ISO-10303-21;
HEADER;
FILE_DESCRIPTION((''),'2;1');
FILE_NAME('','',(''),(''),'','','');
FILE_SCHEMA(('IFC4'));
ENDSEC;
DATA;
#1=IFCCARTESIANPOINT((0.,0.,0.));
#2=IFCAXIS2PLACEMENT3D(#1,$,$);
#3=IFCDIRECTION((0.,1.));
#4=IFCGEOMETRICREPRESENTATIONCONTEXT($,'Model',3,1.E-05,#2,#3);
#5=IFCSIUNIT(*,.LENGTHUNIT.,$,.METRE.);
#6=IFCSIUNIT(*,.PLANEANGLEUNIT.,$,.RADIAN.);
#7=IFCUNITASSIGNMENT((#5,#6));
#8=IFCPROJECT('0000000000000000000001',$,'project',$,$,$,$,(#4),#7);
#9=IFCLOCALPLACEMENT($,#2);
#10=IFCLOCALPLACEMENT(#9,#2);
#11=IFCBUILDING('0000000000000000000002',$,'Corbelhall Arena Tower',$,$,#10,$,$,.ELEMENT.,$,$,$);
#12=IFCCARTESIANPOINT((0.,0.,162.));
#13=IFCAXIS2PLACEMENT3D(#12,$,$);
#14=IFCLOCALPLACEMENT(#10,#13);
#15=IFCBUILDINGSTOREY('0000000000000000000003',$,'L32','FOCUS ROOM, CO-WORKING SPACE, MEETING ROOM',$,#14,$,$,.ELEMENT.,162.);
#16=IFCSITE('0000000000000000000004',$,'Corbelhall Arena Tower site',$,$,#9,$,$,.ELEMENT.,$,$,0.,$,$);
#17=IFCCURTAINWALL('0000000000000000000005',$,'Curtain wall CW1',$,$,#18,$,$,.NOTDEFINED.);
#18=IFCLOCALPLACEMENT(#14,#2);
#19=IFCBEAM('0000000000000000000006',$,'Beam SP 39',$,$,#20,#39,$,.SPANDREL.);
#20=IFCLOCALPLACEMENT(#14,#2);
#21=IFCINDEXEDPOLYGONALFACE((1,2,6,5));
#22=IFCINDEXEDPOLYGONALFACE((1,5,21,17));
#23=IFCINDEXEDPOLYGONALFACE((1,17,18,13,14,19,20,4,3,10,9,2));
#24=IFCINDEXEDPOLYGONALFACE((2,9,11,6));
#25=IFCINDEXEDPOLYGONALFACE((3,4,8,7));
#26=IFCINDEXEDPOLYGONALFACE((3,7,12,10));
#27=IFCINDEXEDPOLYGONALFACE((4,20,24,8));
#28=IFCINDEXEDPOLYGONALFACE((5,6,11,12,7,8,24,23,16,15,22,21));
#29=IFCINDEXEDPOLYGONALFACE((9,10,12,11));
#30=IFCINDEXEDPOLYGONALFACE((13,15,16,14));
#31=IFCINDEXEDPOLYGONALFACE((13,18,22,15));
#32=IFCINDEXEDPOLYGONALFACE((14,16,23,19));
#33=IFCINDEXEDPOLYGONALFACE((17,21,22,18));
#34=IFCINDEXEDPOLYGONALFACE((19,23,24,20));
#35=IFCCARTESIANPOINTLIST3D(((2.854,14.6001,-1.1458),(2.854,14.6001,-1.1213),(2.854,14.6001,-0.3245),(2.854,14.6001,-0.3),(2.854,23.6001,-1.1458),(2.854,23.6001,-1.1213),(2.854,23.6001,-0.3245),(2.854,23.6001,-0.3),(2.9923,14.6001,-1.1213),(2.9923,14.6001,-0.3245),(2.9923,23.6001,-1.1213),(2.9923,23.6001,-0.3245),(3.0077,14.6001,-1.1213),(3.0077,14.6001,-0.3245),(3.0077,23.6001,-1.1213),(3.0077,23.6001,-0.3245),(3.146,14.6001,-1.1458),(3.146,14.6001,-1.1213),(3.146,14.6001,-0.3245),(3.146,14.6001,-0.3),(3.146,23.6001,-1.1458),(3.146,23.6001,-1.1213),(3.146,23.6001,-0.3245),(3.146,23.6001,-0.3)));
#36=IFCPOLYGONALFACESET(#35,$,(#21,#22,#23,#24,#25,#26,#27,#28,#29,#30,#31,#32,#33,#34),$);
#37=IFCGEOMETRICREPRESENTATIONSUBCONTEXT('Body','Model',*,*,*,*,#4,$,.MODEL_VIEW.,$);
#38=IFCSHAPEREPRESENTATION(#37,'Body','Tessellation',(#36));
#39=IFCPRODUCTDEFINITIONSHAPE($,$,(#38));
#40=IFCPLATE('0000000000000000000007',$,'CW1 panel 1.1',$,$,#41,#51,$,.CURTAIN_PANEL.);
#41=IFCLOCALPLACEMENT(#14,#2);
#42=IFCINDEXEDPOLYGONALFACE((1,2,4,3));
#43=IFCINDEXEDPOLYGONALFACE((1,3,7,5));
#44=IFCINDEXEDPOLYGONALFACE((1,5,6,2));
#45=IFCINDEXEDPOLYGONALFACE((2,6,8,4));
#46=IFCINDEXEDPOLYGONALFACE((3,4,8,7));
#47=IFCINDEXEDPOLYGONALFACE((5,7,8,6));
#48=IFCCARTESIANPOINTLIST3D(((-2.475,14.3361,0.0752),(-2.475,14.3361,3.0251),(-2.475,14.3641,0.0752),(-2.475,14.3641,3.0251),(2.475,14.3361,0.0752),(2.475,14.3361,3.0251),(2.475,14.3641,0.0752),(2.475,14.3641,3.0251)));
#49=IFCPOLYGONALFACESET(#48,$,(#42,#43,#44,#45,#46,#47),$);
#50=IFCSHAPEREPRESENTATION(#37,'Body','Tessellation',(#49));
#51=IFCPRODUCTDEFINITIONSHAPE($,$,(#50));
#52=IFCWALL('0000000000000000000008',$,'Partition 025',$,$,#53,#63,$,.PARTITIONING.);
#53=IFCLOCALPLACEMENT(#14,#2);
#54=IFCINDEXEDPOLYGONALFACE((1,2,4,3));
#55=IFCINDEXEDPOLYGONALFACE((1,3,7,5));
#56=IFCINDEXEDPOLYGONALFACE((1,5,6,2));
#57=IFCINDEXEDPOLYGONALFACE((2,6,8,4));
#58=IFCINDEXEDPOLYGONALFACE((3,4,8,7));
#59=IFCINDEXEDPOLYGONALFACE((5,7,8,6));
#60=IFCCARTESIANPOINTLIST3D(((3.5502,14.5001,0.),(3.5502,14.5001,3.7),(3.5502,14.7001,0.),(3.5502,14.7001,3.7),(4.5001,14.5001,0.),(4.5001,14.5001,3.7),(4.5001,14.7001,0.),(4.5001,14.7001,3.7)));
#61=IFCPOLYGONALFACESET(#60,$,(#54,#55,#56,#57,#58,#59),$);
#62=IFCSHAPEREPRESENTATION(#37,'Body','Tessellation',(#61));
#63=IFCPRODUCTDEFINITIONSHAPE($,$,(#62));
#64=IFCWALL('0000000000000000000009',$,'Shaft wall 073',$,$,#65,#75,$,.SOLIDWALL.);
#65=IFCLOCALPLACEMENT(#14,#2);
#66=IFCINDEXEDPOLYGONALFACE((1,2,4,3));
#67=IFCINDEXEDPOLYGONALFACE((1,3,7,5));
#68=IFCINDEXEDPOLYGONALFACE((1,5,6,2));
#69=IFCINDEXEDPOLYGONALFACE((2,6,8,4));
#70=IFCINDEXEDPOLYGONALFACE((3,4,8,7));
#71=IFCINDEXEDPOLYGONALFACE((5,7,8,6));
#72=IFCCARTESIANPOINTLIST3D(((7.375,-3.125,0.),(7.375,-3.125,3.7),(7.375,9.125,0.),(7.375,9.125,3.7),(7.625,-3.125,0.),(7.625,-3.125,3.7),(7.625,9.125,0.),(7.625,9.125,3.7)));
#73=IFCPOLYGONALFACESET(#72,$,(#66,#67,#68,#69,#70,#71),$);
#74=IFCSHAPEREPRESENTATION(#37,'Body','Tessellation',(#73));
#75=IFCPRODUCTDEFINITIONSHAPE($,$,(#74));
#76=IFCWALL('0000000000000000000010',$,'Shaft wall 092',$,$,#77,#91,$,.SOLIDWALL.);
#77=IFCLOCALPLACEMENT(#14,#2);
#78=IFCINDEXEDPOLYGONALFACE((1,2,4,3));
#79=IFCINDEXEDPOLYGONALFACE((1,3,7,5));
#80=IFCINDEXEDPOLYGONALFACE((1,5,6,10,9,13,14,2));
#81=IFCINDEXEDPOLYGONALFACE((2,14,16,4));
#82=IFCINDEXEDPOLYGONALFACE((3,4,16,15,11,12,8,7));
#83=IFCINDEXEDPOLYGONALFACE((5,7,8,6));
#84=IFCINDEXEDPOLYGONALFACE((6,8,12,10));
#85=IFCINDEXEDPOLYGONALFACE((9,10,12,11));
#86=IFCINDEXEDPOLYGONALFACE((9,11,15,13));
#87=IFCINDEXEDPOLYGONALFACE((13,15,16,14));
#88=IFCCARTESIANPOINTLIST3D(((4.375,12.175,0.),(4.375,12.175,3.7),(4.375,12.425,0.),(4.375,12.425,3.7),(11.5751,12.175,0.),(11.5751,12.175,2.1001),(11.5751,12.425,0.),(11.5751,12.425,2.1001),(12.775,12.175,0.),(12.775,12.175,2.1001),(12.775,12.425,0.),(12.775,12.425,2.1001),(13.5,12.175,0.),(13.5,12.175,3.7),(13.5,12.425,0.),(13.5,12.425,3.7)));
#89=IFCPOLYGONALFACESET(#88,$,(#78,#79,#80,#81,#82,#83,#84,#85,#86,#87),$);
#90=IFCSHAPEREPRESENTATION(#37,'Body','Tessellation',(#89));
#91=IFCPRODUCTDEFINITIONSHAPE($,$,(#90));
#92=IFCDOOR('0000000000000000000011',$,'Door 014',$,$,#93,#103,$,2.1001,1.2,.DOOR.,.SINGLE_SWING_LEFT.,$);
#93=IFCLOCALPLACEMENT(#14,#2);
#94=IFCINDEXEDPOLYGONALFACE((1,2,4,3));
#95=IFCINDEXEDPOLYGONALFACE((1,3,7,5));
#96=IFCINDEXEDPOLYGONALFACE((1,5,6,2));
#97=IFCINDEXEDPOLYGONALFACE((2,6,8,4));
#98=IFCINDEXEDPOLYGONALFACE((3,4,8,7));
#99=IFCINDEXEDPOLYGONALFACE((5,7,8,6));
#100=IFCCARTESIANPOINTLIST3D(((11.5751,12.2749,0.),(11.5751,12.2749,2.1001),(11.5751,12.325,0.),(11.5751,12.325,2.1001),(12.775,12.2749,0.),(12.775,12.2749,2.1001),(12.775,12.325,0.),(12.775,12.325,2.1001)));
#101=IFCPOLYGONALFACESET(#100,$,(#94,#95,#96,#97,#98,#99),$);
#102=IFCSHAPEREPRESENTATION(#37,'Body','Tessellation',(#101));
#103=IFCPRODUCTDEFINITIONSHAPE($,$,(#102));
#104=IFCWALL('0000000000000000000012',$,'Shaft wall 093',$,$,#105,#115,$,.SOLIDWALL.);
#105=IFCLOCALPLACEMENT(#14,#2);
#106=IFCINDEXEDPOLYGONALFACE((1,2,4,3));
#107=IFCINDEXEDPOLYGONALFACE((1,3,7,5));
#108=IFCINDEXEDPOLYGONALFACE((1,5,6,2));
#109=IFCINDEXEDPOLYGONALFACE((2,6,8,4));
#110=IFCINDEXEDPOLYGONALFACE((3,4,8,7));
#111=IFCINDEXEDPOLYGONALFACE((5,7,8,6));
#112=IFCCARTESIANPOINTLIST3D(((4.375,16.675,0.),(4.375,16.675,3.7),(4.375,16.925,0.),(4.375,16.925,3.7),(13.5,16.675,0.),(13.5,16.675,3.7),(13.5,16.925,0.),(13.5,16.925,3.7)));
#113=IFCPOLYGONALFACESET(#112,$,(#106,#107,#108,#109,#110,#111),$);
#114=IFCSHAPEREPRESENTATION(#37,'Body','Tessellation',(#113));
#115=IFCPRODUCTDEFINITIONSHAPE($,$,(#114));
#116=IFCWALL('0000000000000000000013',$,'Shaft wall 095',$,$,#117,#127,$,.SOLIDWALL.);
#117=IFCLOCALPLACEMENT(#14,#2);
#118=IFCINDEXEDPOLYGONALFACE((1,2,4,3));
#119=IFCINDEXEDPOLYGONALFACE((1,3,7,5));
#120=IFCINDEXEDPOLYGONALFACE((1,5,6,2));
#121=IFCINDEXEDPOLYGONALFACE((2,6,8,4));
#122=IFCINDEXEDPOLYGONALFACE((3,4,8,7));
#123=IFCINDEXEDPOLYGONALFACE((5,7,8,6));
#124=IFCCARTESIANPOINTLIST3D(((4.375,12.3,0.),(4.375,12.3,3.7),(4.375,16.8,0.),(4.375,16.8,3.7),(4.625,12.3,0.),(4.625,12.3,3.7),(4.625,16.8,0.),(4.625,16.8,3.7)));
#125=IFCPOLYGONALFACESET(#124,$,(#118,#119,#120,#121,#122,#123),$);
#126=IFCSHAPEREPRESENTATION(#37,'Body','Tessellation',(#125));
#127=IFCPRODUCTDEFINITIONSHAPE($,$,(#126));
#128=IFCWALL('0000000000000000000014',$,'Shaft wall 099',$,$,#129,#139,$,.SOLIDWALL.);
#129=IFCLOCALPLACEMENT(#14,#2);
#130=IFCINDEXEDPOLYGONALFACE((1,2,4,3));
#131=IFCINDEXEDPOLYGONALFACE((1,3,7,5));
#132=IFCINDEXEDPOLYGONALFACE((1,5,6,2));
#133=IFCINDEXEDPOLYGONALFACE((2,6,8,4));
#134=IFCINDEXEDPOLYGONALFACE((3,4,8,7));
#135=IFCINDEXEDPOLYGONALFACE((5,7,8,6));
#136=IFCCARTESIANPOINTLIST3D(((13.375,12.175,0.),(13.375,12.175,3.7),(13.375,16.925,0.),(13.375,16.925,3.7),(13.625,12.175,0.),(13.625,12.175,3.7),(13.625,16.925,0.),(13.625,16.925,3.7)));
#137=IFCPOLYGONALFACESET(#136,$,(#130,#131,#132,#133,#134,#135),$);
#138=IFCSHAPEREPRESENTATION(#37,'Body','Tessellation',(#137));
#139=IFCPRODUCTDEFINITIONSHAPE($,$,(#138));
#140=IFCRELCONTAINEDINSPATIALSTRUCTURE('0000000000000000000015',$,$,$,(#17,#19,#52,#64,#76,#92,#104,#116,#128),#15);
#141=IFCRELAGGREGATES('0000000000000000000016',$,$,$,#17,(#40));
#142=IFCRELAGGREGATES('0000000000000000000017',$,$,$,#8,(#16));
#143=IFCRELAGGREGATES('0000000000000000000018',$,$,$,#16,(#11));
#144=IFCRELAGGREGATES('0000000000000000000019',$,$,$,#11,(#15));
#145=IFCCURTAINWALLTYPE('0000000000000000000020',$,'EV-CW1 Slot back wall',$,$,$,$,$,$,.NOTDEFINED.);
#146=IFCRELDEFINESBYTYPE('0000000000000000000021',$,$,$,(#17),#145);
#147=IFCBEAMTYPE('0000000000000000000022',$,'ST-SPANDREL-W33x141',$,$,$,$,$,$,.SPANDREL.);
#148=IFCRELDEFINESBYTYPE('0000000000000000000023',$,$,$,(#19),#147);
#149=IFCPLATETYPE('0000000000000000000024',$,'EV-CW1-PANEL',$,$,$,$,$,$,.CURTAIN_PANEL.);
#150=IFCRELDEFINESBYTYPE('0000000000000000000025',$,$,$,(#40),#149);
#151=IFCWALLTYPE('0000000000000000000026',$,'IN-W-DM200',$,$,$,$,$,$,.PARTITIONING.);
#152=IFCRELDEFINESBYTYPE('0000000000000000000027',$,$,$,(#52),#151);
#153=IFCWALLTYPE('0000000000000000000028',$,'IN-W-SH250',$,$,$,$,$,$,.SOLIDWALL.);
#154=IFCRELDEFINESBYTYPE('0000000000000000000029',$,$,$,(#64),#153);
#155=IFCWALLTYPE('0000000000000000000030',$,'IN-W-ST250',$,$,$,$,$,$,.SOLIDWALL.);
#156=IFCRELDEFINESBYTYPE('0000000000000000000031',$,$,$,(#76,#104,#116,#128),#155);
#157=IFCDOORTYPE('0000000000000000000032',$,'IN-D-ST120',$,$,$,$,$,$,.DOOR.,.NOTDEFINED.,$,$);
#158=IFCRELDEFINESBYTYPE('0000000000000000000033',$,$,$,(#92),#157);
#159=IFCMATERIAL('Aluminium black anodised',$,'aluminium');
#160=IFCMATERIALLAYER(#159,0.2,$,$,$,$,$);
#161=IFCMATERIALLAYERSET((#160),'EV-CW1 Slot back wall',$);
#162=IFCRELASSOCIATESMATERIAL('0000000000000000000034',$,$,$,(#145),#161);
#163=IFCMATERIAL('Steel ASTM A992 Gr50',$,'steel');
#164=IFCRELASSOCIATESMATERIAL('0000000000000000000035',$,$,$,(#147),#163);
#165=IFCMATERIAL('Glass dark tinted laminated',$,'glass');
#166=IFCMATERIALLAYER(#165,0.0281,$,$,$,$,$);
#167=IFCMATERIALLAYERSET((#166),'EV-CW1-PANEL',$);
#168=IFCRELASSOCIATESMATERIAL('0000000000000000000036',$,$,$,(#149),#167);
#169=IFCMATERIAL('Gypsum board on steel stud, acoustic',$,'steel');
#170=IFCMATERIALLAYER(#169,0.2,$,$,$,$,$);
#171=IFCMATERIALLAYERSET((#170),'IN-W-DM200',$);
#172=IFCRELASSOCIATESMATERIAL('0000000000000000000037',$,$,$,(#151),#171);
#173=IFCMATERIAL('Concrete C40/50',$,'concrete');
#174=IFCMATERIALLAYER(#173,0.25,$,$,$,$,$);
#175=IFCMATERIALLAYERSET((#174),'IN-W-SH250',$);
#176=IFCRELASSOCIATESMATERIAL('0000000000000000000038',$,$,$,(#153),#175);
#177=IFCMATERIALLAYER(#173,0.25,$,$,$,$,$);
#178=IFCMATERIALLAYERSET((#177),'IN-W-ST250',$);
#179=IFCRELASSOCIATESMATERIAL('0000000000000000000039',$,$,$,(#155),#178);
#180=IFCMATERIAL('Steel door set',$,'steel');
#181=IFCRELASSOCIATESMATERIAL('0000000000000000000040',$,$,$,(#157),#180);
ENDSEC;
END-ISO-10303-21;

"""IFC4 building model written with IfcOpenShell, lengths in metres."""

from ifc_helpers import new_model, si_unit, direction, frame, frame_2d, origin, origin_2d, place, context, subcontext, project, spatial, rectangle, i_section, extrude, material, layer, layer_set, material_profile, profile_set, type_object, element, fill, aggregate, save


model = new_model("IFC4")

# Units and contexts
model_context = context("Model", 3, precision=1e-05, world=origin(), true_north=direction((0.0, 1.0)))
body_context = subcontext(model_context, "Body", "Model", "MODEL_VIEW")
ifc_project = project(units=[si_unit("LENGTHUNIT", "METRE"), si_unit("PLANEANGLEUNIT", "RADIAN")], contexts=[model_context])

# Site, building, storey
site_placement = place(None, origin())
site = spatial("IfcSite", under=ifc_project, at=site_placement, Name="Corbelhall Arena Tower site", CompositionType="ELEMENT", RefElevation=0.0)
building_placement = place(site_placement, origin())
building = spatial("IfcBuilding", under=site, at=building_placement, Name="Corbelhall Arena Tower", CompositionType="ELEMENT")
storey_placement = place(building_placement, frame((0.0, 0.0, 162.0)))
storey = spatial("IfcBuildingStorey", under=building, at=storey_placement, Name="L32", Description="FOCUS ROOM, CO-WORKING SPACE, MEETING ROOM", CompositionType="ELEMENT", Elevation=162.0)

# Curtain wall
ifc_material_1 = material(Name="Aluminium black anodised", Category="aluminium")
ifc_layer_1 = layer(ifc_material_1, 0.2)
ifc_layer_set_1 = layer_set([ifc_layer_1], Name="EV-CW1 Slot back wall")
curtain_wall_type = type_object("IfcCurtainWallType", Name="EV-CW1 Slot back wall", PredefinedType="NOTDEFINED", material=ifc_layer_set_1)
curtain_wall_placement = place(storey_placement, origin())
curtain_wall = element("IfcCurtainWall", 1, at=curtain_wall_placement, inside=storey, type_object=curtain_wall_type, Name="Curtain wall CW1", PredefinedType="NOTDEFINED")

# Beam
ifc_material_2 = material(Name="Steel ASTM A992 Gr50", Category="steel")
ifc_material_profile_1 = material_profile(ifc_material_2, i_section(OverallWidth=0.292, OverallDepth=0.8457, WebThickness=0.0154, FlangeThickness=0.0244, at=origin_2d()))
ifc_profile_set_1 = profile_set([ifc_material_profile_1], Name="Steel ASTM A992 Gr50")
beam_type_1 = type_object("IfcBeamType", Name="ST-SPANDREL-W33x141", PredefinedType="SPANDREL", material=ifc_profile_set_1)
beam_1_placement = place(storey_placement, frame((3.0, 14.6001, -0.7229), z_axis=(0.0, 1.0, 0.0), x_axis=(-1.0, 0.0, 0.0)))
element("IfcBeam", 2, at=beam_1_placement, inside=storey, type_object=beam_type_1, Name="Beam SP 39", PredefinedType="SPANDREL", context=body_context, shape_type="SweptSolid", body=[
    extrude(i_section(OverallWidth=0.292, OverallDepth=0.8457, WebThickness=0.0154, FlangeThickness=0.0244, at=origin_2d()), origin(), (0.0, 0.0, 1.0), 9.0),
])

# Plate
ifc_material_3 = material(Name="Glass dark tinted laminated", Category="glass")
ifc_layer_2 = layer(ifc_material_3, 0.0281)
ifc_layer_set_2 = layer_set([ifc_layer_2], Name="EV-CW1-PANEL")
plate_type = type_object("IfcPlateType", Name="EV-CW1-PANEL", PredefinedType="CURTAIN_PANEL", material=ifc_layer_set_2)
plate_placement = place(storey_placement, frame((0.0, 14.3501, 0.0752), z_axis=(0.0, 0.0, 1.0), x_axis=(-1.0, 0.0, 0.0)))
plate = element("IfcPlate", 3, at=plate_placement, type_object=plate_type, Name="CW1 panel 1.1", PredefinedType="CURTAIN_PANEL", context=body_context, shape_type="SweptSolid", body=[
    extrude(rectangle(XDim=4.95, YDim=0.0281, at=origin_2d()), origin(), (0.0, 0.0, 1.0), 2.95),
])
aggregate(curtain_wall, [plate])

# Wall
ifc_material_4 = material(Name="Gypsum board on steel stud, acoustic", Category="steel")
ifc_layer_3 = layer(ifc_material_4, 0.2)
ifc_layer_set_3 = layer_set([ifc_layer_3], Name="IN-W-DM200")
wall_type_1 = type_object("IfcWallType", Name="IN-W-DM200", PredefinedType="PARTITIONING", material=ifc_layer_set_3)
wall_1_placement = place(storey_placement, frame((3.55, 14.6001, 0.0), z_axis=(0.0, 0.0, 1.0), x_axis=(1.0, 0.0, 0.0)))
element("IfcWall", 4, at=wall_1_placement, inside=storey, type_object=wall_type_1, Name="Partition 025", PredefinedType="PARTITIONING", context=body_context, shape_type="SweptSolid", body=[
    extrude(rectangle(XDim=0.95, YDim=0.2, at=frame_2d((0.4751, 0.0))), origin(), (0.0, 0.0, 1.0), 3.7),
])

# Shared definitions
ifc_material_5 = material(Name="Steel door set", Category="steel")

# Wall
ifc_material_6 = material(Name="Concrete C40/50", Category="concrete")
ifc_layer_4 = layer(ifc_material_6, 0.25)
ifc_layer_set_4 = layer_set([ifc_layer_4], Name="IN-W-SH250")
wall_type_2 = type_object("IfcWallType", Name="IN-W-SH250", PredefinedType="SOLIDWALL", material=ifc_layer_set_4)
wall_2_placement = place(storey_placement, frame((7.5, 9.125, 0.0), z_axis=(0.0, 0.0, 1.0), x_axis=(0.0, -1.0, 0.0)))
element("IfcWall", 5, at=wall_2_placement, inside=storey, type_object=wall_type_2, Name="Shaft wall 073", PredefinedType="SOLIDWALL", context=body_context, shape_type="SweptSolid", body=[
    extrude(rectangle(XDim=12.25, YDim=0.25, at=frame_2d((6.125, 0.0))), origin(), (0.0, 0.0, 1.0), 3.7),
])

# Wall, opening, door
ifc_layer_5 = layer(ifc_material_6, 0.25)
ifc_layer_set_5 = layer_set([ifc_layer_5], Name="IN-W-ST250")
wall_type_3 = type_object("IfcWallType", Name="IN-W-ST250", PredefinedType="SOLIDWALL", material=ifc_layer_set_5)
wall_3_placement = place(storey_placement, frame((4.375, 12.3, 0.0), z_axis=(0.0, 0.0, 1.0), x_axis=(1.0, 0.0, 0.0)))
wall_3 = element("IfcWall", 6, at=wall_3_placement, inside=storey, type_object=wall_type_3, Name="Shaft wall 092", PredefinedType="SOLIDWALL", context=body_context, shape_type="SweptSolid", body=[
    extrude(rectangle(XDim=9.125, YDim=0.25, at=frame_2d((4.5625, 0.0))), origin(), (0.0, 0.0, 1.0), 3.7),
])
opening_1_placement = place(wall_3_placement, frame((7.2, 0.0, 0.0)))
opening_1 = element("IfcOpeningElement", 7, at=opening_1_placement, cuts=wall_3, PredefinedType="OPENING", context=body_context, shape_type="SweptSolid", body=[
    extrude(rectangle(XDim=1.2, YDim=2.1001, at=frame_2d((0.6001, 1.05))), frame((0.0, 0.125, 0.0), z_axis=(0.0, -1.0, 0.0), x_axis=(1.0, 0.0, 0.0)), (0.0, 0.0, 1.0), 0.25),
])
door_type_1 = type_object("IfcDoorType", Name="IN-D-ST120", OperationType="NOTDEFINED", PredefinedType="DOOR", material=ifc_material_5)
door_1_placement = place(opening_1_placement, origin())
door_1 = element("IfcDoor", 8, at=door_1_placement, inside=storey, type_object=door_type_1, Name="Door 014", OperationType="SINGLE_SWING_LEFT", OverallHeight=2.1001, OverallWidth=1.2, PredefinedType="DOOR", context=body_context, shape_type="SweptSolid", body=[
    extrude(rectangle(XDim=1.2, YDim=2.1001, at=frame_2d((0.6001, 1.05))), frame((0.0, 0.0249, 0.0), z_axis=(0.0, -1.0, 0.0), x_axis=(1.0, 0.0, 0.0)), (0.0, 0.0, 1.0), 0.05),
])
fill(opening_1, door_1)

# Walls
wall_4_placement = place(storey_placement, frame((4.375, 16.8, 0.0), z_axis=(0.0, 0.0, 1.0), x_axis=(1.0, 0.0, 0.0)))
element("IfcWall", 9, at=wall_4_placement, inside=storey, type_object=wall_type_3, Name="Shaft wall 093", PredefinedType="SOLIDWALL", context=body_context, shape_type="SweptSolid", body=[
    extrude(rectangle(XDim=9.125, YDim=0.25, at=frame_2d((4.5625, 0.0))), origin(), (0.0, 0.0, 1.0), 3.7),
])
wall_5_placement = place(storey_placement, frame((4.5, 12.3, 0.0), z_axis=(0.0, 0.0, 1.0), x_axis=(0.0, 1.0, 0.0)))
element("IfcWall", 10, at=wall_5_placement, inside=storey, type_object=wall_type_3, Name="Shaft wall 095", PredefinedType="SOLIDWALL", context=body_context, shape_type="SweptSolid", body=[
    extrude(rectangle(XDim=4.5, YDim=0.25, at=frame_2d((2.25, 0.0))), origin(), (0.0, 0.0, 1.0), 3.7),
])
wall_6_placement = place(storey_placement, frame((13.5, 12.175, 0.0), z_axis=(0.0, 0.0, 1.0), x_axis=(0.0, 1.0, 0.0)))
element("IfcWall", 11, at=wall_6_placement, inside=storey, type_object=wall_type_3, Name="Shaft wall 099", PredefinedType="SOLIDWALL", context=body_context, shape_type="SweptSolid", body=[
    extrude(rectangle(XDim=4.75, YDim=0.25, at=frame_2d((2.375, 0.0))), origin(), (0.0, 0.0, 1.0), 3.7),
])

save(model, "model.ifc")
